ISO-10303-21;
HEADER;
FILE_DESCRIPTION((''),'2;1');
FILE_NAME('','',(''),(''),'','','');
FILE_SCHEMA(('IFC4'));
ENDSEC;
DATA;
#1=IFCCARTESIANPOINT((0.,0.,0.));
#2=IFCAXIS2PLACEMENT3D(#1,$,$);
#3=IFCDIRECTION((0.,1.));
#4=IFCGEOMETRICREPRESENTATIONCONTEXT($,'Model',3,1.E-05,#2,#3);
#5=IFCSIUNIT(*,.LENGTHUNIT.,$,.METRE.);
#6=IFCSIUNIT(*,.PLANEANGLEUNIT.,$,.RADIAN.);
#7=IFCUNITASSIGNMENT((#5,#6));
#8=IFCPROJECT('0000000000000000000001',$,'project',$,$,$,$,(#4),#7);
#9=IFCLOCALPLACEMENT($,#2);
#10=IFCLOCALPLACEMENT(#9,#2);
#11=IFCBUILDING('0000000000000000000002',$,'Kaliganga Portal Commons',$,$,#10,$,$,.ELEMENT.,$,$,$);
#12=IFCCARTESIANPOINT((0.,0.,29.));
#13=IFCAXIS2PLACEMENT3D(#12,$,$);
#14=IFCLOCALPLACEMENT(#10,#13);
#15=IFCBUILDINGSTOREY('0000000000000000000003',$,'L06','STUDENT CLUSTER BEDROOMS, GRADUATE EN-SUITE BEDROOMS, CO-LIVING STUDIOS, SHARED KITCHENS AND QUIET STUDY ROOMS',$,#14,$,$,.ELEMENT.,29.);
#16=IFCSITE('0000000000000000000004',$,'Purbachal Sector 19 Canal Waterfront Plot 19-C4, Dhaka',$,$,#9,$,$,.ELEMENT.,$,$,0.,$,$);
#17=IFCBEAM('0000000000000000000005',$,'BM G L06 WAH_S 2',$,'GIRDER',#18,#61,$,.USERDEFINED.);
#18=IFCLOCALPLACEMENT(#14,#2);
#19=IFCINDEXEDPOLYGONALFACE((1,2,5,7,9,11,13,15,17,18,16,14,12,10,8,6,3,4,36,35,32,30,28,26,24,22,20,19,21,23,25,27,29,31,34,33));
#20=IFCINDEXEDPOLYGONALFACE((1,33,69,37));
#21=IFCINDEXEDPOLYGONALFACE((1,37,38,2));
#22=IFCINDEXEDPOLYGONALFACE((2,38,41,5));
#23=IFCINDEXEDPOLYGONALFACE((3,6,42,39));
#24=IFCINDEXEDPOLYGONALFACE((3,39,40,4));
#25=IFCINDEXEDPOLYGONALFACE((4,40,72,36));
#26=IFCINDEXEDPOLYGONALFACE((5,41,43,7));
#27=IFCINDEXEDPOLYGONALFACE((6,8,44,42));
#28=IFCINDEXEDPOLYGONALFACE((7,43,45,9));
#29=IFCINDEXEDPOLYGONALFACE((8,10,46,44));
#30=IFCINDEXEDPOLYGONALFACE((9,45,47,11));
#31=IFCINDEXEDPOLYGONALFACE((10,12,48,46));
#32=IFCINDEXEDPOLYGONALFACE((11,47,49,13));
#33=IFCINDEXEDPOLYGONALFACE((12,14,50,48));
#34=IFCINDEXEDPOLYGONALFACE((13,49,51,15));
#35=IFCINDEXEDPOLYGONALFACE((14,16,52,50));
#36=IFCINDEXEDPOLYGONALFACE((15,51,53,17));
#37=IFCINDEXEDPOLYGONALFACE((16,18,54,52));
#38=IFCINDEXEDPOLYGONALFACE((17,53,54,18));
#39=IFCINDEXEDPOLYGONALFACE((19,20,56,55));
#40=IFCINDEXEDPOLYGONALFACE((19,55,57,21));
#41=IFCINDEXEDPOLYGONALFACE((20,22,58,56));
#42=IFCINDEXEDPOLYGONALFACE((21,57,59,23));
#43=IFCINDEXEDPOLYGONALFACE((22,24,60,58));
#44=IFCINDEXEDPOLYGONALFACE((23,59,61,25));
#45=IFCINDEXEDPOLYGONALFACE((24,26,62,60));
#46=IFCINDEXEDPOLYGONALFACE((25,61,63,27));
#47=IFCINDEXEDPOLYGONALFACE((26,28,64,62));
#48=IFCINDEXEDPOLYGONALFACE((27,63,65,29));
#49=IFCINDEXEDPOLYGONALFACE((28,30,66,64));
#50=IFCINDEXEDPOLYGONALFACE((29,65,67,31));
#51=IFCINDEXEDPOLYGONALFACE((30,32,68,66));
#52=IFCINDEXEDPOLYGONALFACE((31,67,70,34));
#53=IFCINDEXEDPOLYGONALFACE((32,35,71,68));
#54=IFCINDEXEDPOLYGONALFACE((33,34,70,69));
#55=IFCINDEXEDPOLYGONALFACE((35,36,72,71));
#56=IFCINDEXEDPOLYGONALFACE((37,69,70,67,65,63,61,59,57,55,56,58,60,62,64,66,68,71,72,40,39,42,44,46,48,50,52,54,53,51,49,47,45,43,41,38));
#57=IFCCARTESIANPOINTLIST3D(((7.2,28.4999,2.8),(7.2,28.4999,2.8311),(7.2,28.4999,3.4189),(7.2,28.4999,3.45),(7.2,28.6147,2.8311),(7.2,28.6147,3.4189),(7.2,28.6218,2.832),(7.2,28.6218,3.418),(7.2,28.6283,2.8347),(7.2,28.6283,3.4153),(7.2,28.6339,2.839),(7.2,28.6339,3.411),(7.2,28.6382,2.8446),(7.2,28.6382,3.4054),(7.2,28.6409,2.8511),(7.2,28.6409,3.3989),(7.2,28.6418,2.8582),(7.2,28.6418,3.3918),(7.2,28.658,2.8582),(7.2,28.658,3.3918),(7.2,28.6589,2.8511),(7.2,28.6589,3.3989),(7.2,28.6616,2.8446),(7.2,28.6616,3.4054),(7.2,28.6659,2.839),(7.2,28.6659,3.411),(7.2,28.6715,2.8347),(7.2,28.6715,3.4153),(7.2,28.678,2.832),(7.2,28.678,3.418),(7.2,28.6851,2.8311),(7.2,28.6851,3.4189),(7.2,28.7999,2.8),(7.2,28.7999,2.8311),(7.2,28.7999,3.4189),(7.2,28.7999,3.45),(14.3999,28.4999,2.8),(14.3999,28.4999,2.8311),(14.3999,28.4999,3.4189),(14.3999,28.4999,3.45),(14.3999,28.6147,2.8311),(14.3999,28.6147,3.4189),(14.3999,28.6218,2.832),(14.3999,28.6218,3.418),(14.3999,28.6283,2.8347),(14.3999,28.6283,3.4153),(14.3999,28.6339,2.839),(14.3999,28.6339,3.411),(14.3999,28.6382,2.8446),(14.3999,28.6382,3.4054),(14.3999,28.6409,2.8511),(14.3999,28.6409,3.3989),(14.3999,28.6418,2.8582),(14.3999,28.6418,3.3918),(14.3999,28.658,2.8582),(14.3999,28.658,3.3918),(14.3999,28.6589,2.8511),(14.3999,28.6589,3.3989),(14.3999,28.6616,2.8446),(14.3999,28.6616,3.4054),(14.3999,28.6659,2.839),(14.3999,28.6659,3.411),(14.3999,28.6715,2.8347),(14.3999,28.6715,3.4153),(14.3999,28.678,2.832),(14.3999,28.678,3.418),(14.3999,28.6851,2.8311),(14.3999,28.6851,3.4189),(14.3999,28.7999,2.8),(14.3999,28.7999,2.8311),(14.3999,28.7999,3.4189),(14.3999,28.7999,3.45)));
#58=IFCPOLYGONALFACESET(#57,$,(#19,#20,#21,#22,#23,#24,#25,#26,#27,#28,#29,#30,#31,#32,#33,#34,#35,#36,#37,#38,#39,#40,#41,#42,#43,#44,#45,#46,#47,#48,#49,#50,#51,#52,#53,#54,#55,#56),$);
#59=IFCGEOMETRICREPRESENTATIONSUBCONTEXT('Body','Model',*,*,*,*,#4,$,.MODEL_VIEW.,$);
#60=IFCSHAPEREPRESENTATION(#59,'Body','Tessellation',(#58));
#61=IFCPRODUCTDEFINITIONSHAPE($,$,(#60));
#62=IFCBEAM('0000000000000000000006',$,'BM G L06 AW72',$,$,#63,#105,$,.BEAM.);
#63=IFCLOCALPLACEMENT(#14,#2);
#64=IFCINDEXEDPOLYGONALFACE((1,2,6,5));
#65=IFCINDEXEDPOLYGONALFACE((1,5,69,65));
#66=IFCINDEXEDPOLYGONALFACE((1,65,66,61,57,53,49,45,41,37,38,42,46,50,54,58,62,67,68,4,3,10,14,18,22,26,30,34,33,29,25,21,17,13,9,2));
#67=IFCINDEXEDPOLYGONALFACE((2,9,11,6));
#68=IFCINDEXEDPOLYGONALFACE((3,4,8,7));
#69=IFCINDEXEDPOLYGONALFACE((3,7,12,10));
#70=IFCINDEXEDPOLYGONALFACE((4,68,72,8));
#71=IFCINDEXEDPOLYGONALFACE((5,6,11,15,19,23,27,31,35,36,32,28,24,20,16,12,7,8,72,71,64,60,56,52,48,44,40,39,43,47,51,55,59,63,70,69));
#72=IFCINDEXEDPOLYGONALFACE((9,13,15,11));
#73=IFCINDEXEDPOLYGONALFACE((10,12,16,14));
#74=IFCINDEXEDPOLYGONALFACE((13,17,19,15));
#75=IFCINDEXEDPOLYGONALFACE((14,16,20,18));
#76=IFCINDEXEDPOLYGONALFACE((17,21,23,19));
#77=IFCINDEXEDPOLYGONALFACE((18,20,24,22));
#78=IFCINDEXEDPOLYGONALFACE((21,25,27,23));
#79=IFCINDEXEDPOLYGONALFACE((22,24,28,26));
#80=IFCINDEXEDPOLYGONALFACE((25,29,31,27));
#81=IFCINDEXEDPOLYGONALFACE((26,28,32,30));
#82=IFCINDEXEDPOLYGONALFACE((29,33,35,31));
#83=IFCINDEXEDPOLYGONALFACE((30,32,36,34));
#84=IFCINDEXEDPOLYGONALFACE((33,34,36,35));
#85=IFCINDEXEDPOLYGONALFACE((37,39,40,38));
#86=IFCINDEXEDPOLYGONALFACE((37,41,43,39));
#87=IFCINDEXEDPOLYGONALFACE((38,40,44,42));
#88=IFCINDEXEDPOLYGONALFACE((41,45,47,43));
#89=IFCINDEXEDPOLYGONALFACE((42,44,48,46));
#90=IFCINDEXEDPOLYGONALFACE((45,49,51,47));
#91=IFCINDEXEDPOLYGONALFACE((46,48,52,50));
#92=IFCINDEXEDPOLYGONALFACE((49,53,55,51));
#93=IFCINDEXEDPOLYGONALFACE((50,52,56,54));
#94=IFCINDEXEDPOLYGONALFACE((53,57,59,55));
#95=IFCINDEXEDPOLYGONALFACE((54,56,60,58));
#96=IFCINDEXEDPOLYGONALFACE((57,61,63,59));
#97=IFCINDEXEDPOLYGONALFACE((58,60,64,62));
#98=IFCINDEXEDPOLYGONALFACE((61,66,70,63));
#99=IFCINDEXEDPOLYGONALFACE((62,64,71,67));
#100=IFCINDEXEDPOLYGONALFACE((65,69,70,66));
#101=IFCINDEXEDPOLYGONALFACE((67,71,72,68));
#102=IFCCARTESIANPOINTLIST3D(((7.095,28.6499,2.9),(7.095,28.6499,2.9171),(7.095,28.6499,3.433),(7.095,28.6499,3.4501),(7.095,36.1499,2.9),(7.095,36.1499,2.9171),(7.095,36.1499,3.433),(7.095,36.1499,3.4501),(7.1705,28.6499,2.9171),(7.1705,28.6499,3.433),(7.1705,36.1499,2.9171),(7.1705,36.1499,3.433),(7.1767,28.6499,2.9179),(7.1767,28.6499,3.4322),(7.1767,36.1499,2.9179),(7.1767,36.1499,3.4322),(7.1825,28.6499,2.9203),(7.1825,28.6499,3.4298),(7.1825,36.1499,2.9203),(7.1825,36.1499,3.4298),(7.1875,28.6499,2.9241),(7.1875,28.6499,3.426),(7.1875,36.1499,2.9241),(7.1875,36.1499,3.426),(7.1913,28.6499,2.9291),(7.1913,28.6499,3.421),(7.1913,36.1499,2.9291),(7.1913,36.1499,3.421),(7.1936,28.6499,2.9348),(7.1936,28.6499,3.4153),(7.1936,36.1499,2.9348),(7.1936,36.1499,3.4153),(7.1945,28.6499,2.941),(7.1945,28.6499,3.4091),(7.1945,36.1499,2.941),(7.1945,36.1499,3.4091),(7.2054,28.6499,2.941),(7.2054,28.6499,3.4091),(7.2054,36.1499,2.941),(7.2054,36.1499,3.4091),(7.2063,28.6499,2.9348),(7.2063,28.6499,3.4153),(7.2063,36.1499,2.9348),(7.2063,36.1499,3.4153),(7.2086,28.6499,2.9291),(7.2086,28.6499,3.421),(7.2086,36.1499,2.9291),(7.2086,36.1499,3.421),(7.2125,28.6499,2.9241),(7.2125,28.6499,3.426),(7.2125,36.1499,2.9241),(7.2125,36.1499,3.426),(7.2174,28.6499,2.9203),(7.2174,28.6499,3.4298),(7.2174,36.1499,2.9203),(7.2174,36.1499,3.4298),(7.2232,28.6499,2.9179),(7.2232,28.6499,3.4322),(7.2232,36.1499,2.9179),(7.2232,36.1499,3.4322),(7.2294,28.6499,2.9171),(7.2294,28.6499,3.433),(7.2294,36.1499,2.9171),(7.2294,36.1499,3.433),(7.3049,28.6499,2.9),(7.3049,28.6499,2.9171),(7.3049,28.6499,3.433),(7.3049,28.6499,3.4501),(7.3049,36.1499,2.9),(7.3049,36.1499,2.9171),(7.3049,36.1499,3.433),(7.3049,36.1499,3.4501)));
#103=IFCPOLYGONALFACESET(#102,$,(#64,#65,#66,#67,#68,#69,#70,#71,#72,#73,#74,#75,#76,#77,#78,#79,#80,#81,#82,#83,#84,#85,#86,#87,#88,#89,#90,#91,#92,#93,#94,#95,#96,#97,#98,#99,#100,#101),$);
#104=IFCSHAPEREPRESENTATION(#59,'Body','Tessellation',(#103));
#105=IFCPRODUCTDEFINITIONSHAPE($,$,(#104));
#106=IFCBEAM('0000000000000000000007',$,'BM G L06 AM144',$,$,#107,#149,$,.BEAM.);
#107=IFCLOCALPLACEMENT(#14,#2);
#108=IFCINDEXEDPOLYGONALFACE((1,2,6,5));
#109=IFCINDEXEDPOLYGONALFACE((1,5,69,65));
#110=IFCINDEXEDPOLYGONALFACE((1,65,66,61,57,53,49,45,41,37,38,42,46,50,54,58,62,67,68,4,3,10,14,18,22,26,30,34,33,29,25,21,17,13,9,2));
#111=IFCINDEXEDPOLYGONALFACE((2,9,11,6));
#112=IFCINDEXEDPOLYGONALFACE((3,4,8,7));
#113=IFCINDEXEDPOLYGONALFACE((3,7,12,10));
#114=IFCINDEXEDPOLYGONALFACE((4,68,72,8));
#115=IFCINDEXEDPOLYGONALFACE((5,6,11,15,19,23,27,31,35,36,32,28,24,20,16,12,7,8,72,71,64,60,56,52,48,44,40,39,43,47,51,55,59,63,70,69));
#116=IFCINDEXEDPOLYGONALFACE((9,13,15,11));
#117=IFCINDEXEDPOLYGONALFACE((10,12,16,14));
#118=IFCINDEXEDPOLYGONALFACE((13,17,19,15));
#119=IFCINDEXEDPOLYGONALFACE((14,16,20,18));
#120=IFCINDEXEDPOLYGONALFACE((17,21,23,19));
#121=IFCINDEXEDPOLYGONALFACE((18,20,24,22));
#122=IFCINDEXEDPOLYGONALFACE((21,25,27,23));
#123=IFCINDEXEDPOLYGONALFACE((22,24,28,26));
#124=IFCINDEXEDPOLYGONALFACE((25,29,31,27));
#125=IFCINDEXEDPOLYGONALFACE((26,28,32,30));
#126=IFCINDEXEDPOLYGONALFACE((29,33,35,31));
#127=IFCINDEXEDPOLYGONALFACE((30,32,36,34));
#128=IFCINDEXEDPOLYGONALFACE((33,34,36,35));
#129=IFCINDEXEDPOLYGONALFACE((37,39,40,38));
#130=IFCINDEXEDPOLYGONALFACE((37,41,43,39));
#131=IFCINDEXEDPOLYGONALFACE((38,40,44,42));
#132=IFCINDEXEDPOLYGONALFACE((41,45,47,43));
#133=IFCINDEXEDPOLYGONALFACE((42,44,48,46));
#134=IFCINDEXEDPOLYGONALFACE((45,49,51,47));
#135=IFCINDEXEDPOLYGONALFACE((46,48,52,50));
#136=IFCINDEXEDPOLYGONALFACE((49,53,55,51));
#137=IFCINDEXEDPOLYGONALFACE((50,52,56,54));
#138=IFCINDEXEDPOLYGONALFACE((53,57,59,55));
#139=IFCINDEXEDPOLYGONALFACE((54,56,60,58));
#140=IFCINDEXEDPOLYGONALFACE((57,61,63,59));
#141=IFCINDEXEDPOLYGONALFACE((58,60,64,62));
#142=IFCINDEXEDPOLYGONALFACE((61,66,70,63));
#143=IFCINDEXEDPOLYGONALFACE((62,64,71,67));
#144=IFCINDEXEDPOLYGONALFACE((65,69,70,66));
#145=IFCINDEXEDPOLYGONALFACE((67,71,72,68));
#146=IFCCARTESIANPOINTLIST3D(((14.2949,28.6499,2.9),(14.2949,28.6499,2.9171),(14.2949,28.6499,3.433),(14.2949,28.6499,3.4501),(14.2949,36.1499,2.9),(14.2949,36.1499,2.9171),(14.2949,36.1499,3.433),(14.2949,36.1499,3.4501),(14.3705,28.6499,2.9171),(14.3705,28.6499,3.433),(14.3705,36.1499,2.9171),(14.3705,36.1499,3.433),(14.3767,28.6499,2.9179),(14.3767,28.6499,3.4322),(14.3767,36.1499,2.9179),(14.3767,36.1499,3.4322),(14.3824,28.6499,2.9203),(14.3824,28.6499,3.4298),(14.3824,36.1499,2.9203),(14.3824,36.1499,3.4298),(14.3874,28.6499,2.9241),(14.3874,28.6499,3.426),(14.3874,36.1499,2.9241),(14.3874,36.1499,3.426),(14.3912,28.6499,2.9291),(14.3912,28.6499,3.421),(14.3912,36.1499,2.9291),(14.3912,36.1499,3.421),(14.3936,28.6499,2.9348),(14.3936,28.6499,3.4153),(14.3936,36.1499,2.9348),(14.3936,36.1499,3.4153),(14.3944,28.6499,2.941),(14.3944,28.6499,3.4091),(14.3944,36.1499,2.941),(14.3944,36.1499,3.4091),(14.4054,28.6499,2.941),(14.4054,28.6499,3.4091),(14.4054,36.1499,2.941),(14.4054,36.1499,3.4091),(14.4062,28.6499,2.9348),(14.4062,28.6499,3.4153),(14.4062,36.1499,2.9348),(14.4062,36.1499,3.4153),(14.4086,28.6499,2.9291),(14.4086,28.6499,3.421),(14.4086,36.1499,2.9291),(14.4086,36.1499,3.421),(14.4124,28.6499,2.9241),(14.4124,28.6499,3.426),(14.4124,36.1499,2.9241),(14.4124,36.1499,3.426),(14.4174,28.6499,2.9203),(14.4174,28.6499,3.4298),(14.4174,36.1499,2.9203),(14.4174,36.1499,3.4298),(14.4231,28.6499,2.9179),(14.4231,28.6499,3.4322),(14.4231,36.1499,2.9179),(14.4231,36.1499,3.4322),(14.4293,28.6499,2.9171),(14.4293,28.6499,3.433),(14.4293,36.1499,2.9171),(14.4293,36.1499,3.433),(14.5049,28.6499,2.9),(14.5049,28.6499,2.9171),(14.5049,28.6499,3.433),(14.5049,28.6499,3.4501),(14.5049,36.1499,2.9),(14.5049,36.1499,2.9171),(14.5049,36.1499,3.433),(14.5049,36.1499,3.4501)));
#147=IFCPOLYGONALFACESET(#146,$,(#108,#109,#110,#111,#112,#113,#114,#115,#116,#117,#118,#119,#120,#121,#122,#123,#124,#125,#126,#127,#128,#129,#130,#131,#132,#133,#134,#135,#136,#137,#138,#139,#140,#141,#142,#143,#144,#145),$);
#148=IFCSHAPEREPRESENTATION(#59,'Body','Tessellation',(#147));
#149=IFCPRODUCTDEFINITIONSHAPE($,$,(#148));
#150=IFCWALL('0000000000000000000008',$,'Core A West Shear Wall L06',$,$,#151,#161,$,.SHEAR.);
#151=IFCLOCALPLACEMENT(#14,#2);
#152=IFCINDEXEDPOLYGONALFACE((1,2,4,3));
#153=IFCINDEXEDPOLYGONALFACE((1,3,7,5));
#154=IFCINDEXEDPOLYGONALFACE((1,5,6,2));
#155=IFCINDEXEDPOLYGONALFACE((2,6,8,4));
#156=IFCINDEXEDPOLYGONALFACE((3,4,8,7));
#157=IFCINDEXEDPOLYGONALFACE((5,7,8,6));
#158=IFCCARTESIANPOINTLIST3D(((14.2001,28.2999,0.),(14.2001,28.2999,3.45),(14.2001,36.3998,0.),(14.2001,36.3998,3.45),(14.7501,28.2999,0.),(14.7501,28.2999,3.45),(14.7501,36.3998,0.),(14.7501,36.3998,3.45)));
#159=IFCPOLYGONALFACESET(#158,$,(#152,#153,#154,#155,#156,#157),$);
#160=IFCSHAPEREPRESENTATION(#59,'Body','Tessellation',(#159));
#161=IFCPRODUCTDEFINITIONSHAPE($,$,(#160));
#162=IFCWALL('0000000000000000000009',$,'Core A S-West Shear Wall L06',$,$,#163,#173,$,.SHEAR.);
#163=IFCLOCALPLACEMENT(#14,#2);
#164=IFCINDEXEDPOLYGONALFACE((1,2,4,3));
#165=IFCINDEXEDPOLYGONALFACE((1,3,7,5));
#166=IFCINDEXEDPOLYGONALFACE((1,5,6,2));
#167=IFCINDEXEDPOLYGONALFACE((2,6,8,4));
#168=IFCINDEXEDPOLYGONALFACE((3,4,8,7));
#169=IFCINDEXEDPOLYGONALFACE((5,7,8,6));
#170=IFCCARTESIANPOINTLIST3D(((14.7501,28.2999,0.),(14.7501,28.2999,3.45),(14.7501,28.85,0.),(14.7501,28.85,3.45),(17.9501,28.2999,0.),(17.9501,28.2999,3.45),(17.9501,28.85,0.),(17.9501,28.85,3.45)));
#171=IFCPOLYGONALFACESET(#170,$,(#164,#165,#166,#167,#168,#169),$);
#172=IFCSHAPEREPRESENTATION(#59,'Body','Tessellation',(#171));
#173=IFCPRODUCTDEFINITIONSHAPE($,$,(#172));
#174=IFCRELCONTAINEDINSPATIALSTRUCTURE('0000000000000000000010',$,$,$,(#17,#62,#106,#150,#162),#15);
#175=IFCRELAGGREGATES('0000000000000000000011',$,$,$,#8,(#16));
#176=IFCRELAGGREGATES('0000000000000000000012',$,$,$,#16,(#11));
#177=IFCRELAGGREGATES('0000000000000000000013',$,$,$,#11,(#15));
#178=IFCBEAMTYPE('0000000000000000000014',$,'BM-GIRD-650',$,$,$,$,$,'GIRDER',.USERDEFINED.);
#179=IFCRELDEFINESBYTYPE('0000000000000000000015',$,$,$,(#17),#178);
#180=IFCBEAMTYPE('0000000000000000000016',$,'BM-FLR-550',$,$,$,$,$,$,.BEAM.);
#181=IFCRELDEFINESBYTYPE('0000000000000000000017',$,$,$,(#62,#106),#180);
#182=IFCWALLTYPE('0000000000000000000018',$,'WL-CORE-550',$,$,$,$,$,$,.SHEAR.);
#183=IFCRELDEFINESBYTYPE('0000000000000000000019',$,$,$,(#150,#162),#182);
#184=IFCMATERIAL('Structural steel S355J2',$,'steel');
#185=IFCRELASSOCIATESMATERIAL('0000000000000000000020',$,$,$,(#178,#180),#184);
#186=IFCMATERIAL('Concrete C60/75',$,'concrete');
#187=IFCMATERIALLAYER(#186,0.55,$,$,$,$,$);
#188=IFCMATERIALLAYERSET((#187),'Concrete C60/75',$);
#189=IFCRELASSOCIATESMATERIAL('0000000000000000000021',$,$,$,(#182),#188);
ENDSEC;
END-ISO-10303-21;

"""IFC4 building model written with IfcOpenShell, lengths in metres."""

from ifc_helpers import new_model, si_unit, direction, frame, frame_2d, origin, origin_2d, place, context, subcontext, project, spatial, rectangle, i_section, extrude, source, transform, mapped, material, layer, layer_set, material_profile, profile_set, type_object, element, save


model = new_model("IFC4")

# Units and contexts
model_context = context("Model", 3, precision=1e-05, world=origin(), true_north=direction((0.0, 1.0)))
body_context = subcontext(model_context, "Body", "Model", "MODEL_VIEW")
ifc_project = project(units=[si_unit("LENGTHUNIT", "METRE"), si_unit("PLANEANGLEUNIT", "RADIAN")], contexts=[model_context])

# Site, building, storey
site_placement = place(None, origin())
site = spatial("IfcSite", under=ifc_project, at=site_placement, Name="Purbachal Sector 19 Canal Waterfront Plot 19-C4, Dhaka", CompositionType="ELEMENT", RefElevation=0.0)
building_placement = place(site_placement, origin())
building = spatial("IfcBuilding", under=site, at=building_placement, Name="Kaliganga Portal Commons", CompositionType="ELEMENT")
storey_placement = place(building_placement, frame((0.0, 0.0, 29.0)))
storey = spatial("IfcBuildingStorey", under=building, at=storey_placement, Name="L06", Description="STUDENT CLUSTER BEDROOMS, GRADUATE EN-SUITE BEDROOMS, CO-LIVING STUDIOS, SHARED KITCHENS AND QUIET STUDY ROOMS", CompositionType="ELEMENT", Elevation=29.0)

# Beams
ifc_material_1 = material(Name="Structural steel S355J2", Category="steel")
ifc_material_profile_1 = material_profile(ifc_material_1, i_section(OverallWidth=0.3, OverallDepth=0.6499, WebThickness=0.0161, FlangeThickness=0.031, FilletRadius=0.0271, at=origin_2d()), Name="HE 650 B")
ifc_profile_set_1 = profile_set([ifc_material_profile_1], Name="Structural steel S355J2 wide-flange")
beam_type_1 = type_object("IfcBeamType", Name="BM-GIRD-650", ElementType="GIRDER", PredefinedType="USERDEFINED", material=ifc_profile_set_1)
shared_shape_1 = source(origin(), body_context, "Body", "SweptSolid", [
    extrude(i_section(OverallWidth=0.3, OverallDepth=0.6499, WebThickness=0.0161, FlangeThickness=0.031, FilletRadius=0.0271, at=origin_2d()), origin(), (0.0, 0.0, 1.0), 7.2),
])
beam_1_placement = place(storey_placement, frame((7.2, 28.6499, 3.125), z_axis=(1.0, 0.0, 0.0), x_axis=(0.0, 1.0, 0.0)))
element("IfcBeam", 1, at=beam_1_placement, inside=storey, type_object=beam_type_1, Name="BM G L06 WAH_S 2", ObjectType="GIRDER", PredefinedType="USERDEFINED", context=body_context, shape_type="MappedRepresentation", body=[
    mapped(shared_shape_1, transform((0.0, 0.0, 0.0), x_axis=(1.0, 0.0, 0.0), y_axis=(0.0, 1.0, 0.0), z_axis=(0.0, 0.0, 1.0), scale=1.0)),
])
ifc_material_profile_2 = material_profile(ifc_material_1, i_section(OverallWidth=0.21, OverallDepth=0.55, WebThickness=0.011, FlangeThickness=0.0171, FilletRadius=0.0239, at=origin_2d()), Name="IPE 550")
ifc_profile_set_2 = profile_set([ifc_material_profile_2], Name="Structural steel S355J2 wide-flange")
beam_type_2 = type_object("IfcBeamType", Name="BM-FLR-550", PredefinedType="BEAM", material=ifc_profile_set_2)
shared_shape_2 = source(origin(), body_context, "Body", "SweptSolid", [
    extrude(i_section(OverallWidth=0.21, OverallDepth=0.55, WebThickness=0.011, FlangeThickness=0.0171, FilletRadius=0.0239, at=origin_2d()), origin(), (0.0, 0.0, 1.0), 7.5),
])
for number, where, z_axis, x_axis, name in (
    (2, (7.2, 28.6499, 3.175), (0.0, 1.0, 0.0), (-1.0, 0.0, 0.0), "BM G L06 AW72"),
    (3, (14.3999, 28.6499, 3.175), (0.0, 1.0, 0.0), (-1.0, 0.0, 0.0), "BM G L06 AM144"),
):
    element("IfcBeam", number, at=place(storey_placement, frame(where, z_axis=z_axis, x_axis=x_axis)), inside=storey, type_object=beam_type_2, Name=name, PredefinedType="BEAM", context=body_context, shape_type="MappedRepresentation", body=[
        mapped(shared_shape_2, transform((0.0, 0.0, 0.0), x_axis=(1.0, 0.0, 0.0), y_axis=(0.0, 1.0, 0.0), z_axis=(0.0, 0.0, 1.0), scale=1.0)),
    ])

# Walls
ifc_material_2 = material(Name="Concrete C60/75", Category="concrete")
ifc_layer_1 = layer(ifc_material_2, 0.55)
ifc_layer_set_1 = layer_set([ifc_layer_1], Name="Concrete C60/75")
wall_type_1 = type_object("IfcWallType", Name="WL-CORE-550", PredefinedType="SHEAR", material=ifc_layer_set_1)
wall_1_placement = place(storey_placement, frame((14.4751, 28.3, 0.0), z_axis=(0.0, 0.0, 1.0), x_axis=(0.0, 1.0, 0.0)))
element("IfcWall", 4, at=wall_1_placement, inside=storey, type_object=wall_type_1, Name="Core A West Shear Wall L06", PredefinedType="SHEAR", context=body_context, shape_type="SweptSolid", body=[
    extrude(rectangle(XDim=8.0999, YDim=0.55, at=frame_2d((4.0498, 0.0))), origin(), (0.0, 0.0, 1.0), 3.45),
])
wall_2_placement = place(storey_placement, frame((14.75, 28.575, 0.0), z_axis=(0.0, 0.0, 1.0), x_axis=(1.0, 0.0, 0.0)))
element("IfcWall", 5, at=wall_2_placement, inside=storey, type_object=wall_type_1, Name="Core A S-West Shear Wall L06", PredefinedType="SHEAR", context=body_context, shape_type="SweptSolid", body=[
    extrude(rectangle(XDim=3.2, YDim=0.55, at=frame_2d((1.6001, 0.0))), origin(), (0.0, 0.0, 1.0), 3.45),
])

save(model, "model.ifc")
